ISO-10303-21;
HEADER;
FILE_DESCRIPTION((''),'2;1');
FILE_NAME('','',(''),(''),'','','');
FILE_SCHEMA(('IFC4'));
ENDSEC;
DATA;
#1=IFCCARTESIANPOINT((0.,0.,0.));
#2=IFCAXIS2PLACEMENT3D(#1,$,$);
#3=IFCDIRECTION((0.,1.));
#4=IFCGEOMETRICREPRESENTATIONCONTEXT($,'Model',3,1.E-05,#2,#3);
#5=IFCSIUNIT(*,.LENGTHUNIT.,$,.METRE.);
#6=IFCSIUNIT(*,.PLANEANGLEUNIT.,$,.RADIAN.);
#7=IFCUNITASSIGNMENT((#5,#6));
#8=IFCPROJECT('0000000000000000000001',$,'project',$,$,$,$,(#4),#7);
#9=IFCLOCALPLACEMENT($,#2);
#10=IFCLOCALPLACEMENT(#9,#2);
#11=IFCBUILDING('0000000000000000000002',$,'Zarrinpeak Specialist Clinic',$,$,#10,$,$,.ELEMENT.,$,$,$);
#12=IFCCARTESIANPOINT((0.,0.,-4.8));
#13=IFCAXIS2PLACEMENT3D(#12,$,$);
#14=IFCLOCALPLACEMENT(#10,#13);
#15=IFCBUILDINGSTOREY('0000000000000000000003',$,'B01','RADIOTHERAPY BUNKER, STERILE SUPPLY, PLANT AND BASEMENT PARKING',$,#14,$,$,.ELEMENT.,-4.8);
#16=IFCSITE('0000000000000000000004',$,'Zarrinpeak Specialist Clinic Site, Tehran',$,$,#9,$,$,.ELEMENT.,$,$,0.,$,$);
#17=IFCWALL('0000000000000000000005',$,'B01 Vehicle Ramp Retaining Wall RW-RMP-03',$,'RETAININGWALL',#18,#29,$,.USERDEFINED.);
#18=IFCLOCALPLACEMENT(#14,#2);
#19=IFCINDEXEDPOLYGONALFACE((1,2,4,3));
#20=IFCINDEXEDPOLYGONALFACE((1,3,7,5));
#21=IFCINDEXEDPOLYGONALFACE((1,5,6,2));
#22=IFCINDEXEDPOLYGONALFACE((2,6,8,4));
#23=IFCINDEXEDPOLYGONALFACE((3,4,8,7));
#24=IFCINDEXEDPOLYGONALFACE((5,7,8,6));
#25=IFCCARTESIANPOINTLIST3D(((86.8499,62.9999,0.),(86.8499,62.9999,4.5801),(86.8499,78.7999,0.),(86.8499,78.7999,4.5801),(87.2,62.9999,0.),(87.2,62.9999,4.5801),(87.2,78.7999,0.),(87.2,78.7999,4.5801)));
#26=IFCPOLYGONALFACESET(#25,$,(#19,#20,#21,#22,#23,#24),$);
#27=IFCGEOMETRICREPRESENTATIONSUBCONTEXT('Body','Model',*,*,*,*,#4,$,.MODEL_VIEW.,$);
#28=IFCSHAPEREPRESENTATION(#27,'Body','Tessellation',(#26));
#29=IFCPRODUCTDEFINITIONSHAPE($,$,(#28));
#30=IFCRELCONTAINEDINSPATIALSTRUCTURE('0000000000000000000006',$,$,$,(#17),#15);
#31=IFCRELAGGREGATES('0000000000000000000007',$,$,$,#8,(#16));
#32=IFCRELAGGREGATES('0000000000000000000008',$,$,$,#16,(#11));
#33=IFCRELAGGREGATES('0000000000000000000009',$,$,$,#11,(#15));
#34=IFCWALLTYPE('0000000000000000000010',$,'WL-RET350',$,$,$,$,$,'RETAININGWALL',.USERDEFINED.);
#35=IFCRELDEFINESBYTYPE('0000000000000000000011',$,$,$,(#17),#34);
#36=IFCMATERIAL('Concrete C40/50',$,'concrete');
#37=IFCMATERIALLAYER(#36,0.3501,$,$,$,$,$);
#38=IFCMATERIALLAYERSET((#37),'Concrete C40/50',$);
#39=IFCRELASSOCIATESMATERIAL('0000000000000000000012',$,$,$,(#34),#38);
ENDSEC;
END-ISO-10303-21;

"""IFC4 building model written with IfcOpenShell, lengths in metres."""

from ifc_helpers import new_model, si_unit, direction, frame, frame_2d, origin, place, context, subcontext, project, spatial, rectangle, extrude, material, layer, layer_set, type_object, element, save


model = new_model("IFC4")

# Units and contexts
model_context = context("Model", 3, precision=1e-05, world=origin(), true_north=direction((0.0, 1.0)))
body_context = subcontext(model_context, "Body", "Model", "MODEL_VIEW")
ifc_project = project(units=[si_unit("LENGTHUNIT", "METRE"), si_unit("PLANEANGLEUNIT", "RADIAN")], contexts=[model_context])

# Site, building, storey
site_placement = place(None, origin())
site = spatial("IfcSite", under=ifc_project, at=site_placement, Name="Zarrinpeak Specialist Clinic Site, Tehran", CompositionType="ELEMENT", RefElevation=0.0)
building_placement = place(site_placement, origin())
building = spatial("IfcBuilding", under=site, at=building_placement, Name="Zarrinpeak Specialist Clinic", CompositionType="ELEMENT")
storey_placement = place(building_placement, frame((0.0, 0.0, -4.8)))
storey = spatial("IfcBuildingStorey", under=building, at=storey_placement, Name="B01", Description="RADIOTHERAPY BUNKER, STERILE SUPPLY, PLANT AND BASEMENT PARKING", CompositionType="ELEMENT", Elevation=-4.8)

# Shared definitions
ifc_material = material(Name="Concrete C40/50", Category="concrete")

# Wall
ifc_layer = layer(ifc_material, 0.3501)
ifc_layer_set = layer_set([ifc_layer], Name="Concrete C40/50")
wall_type = type_object("IfcWallType", Name="WL-RET350", ElementType="RETAININGWALL", PredefinedType="USERDEFINED", material=ifc_layer_set)
wall_placement = place(storey_placement, frame((87.0249, 63.0, 0.0), z_axis=(0.0, 0.0, 1.0), x_axis=(0.0, 1.0, 0.0)))
element("IfcWall", 1, at=wall_placement, inside=storey, type_object=wall_type, Name="B01 Vehicle Ramp Retaining Wall RW-RMP-03", ObjectType="RETAININGWALL", PredefinedType="USERDEFINED", context=body_context, shape_type="SweptSolid", body=[
    extrude(rectangle(XDim=15.8, YDim=0.3501, at=frame_2d((7.8999, 0.0))), origin(), (0.0, 0.0, 1.0), 4.5801),
])

save(model, "model.ifc")
